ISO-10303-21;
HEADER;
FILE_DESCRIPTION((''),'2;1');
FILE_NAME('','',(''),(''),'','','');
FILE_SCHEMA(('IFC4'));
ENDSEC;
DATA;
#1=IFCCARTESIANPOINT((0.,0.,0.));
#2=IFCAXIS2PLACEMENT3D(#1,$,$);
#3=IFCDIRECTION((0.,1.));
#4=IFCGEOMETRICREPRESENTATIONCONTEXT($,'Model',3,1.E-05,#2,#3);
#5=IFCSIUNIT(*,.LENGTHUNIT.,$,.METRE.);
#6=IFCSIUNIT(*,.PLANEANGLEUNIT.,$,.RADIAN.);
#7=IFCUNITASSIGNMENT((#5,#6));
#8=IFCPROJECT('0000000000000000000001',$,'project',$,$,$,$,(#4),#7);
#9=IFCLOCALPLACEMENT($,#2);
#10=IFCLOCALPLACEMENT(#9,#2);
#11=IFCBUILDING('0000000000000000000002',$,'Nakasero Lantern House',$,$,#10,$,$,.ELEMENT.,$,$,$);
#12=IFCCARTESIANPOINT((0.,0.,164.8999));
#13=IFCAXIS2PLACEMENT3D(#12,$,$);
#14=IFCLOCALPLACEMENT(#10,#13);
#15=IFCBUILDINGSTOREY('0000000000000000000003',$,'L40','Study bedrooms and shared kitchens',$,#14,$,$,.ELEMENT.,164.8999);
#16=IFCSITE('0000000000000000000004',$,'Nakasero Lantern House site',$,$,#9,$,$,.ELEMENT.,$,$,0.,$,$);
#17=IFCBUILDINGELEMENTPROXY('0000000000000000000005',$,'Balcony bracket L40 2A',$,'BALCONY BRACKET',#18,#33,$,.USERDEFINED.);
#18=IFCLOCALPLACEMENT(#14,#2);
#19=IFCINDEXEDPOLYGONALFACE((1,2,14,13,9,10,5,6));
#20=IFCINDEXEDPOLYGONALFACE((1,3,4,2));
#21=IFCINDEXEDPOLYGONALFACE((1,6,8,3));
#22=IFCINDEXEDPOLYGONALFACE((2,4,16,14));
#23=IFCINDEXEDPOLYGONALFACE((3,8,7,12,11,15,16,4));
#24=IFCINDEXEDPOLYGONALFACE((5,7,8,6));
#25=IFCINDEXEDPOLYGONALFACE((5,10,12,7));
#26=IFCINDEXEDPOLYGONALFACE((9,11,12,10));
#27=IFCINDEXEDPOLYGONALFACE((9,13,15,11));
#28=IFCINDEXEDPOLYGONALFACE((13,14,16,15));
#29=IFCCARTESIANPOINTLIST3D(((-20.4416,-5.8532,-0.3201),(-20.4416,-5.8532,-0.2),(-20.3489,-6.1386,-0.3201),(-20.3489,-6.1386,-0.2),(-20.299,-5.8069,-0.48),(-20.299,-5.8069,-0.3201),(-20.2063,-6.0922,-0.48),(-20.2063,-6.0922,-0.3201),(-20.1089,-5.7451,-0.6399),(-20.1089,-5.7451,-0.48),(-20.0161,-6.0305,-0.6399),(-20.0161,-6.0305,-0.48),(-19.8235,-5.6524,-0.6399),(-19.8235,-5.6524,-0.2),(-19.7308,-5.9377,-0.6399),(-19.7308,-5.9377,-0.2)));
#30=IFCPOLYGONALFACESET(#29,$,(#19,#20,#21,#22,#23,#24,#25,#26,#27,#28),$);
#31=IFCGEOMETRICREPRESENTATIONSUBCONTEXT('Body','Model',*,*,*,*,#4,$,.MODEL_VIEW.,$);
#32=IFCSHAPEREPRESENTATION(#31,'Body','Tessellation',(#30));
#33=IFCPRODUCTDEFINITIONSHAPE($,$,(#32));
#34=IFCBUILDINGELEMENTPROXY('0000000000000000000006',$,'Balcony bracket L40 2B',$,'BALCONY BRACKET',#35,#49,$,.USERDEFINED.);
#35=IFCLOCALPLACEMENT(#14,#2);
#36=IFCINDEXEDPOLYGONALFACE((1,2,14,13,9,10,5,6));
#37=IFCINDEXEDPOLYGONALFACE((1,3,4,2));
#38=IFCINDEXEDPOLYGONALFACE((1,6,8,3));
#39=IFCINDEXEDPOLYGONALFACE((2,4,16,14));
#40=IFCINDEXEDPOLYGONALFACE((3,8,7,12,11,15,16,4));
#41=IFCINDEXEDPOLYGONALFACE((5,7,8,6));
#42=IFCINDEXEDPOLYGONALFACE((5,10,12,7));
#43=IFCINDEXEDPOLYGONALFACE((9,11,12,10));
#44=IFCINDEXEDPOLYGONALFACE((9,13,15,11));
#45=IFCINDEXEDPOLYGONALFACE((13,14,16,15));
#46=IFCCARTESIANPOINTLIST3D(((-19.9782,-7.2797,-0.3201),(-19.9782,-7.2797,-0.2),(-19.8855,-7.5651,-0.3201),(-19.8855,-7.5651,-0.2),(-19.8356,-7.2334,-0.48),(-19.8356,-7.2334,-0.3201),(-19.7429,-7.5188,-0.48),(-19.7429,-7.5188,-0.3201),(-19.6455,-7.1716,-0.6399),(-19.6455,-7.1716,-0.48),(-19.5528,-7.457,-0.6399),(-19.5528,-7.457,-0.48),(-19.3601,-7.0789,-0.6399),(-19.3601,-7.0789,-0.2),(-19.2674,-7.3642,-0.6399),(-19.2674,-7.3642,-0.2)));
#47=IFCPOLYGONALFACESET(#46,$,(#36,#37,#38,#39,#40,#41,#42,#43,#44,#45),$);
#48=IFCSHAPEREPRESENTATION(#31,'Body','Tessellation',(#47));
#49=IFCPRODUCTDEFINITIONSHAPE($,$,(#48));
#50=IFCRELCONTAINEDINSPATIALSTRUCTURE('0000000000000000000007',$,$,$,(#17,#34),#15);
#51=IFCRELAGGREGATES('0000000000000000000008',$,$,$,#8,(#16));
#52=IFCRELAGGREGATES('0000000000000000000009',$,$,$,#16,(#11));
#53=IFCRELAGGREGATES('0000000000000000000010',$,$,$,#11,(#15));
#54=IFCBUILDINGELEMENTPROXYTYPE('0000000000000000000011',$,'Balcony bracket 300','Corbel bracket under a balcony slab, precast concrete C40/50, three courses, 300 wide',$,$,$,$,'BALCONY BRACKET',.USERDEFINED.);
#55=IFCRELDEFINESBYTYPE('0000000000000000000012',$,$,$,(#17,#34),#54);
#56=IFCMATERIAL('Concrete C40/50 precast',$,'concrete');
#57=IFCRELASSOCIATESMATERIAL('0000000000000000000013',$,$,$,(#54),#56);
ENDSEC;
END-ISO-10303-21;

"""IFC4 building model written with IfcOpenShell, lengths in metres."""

from ifc_helpers import new_model, si_unit, direction, frame, origin, place, context, subcontext, project, spatial, polyline, outline, extrude, material, type_object, element, save


model = new_model("IFC4")

# Units and contexts
model_context = context("Model", 3, precision=1e-05, world=origin(), true_north=direction((0.0, 1.0)))
body_context = subcontext(model_context, "Body", "Model", "MODEL_VIEW")
ifc_project = project(units=[si_unit("LENGTHUNIT", "METRE"), si_unit("PLANEANGLEUNIT", "RADIAN")], contexts=[model_context])

# Site, building, storey
site_placement = place(None, origin())
site = spatial("IfcSite", under=ifc_project, at=site_placement, Name="Nakasero Lantern House site", CompositionType="ELEMENT", RefElevation=0.0)
building_placement = place(site_placement, origin())
building = spatial("IfcBuilding", under=site, at=building_placement, Name="Nakasero Lantern House", CompositionType="ELEMENT")
storey_placement = place(building_placement, frame((0.0, 0.0, 164.8999)))
storey = spatial("IfcBuildingStorey", under=building, at=storey_placement, Name="L40", Description="Study bedrooms and shared kitchens", CompositionType="ELEMENT", Elevation=164.8999)

# Building element proxies
ifc_material_1 = material(Name="Concrete C40/50 precast", Category="concrete")
building_element_proxy_type = type_object("IfcBuildingElementProxyType", Name="Balcony bracket 300", Description="Corbel bracket under a balcony slab, precast concrete C40/50, three courses, 300 wide", ElementType="BALCONY BRACKET", PredefinedType="USERDEFINED", material=ifc_material_1)
for number, where, z_axis, x_axis, name in (
    (1, (-19.7771, -5.7952, -0.2), (0.0, 0.0, 1.0), (-0.951057, -0.309017, 0.0), "Balcony bracket L40 2A"),
    (2, (-19.3137, -7.2217, -0.2), (0.0, 0.0, 1.0), (-0.951057, -0.309017, 0.0), "Balcony bracket L40 2B"),
):
    element("IfcBuildingElementProxy", number, at=place(storey_placement, frame(where, z_axis=z_axis, x_axis=x_axis)), inside=storey, type_object=building_element_proxy_type, Name=name, ObjectType="BALCONY BRACKET", PredefinedType="USERDEFINED", context=body_context, shape_type="SweptSolid", body=[
        extrude(outline(polyline([(0.0, 0.0), (0.6499, 0.0), (0.6499, -0.1201), (0.5, -0.1201), (0.5, -0.28), (0.3, -0.28), (0.3, -0.4399), (0.0, -0.4399), (0.0, 0.0)])), frame((0.0, 0.1499, 0.0), z_axis=(0.0, -1.0, 0.0), x_axis=(1.0, 0.0, 0.0)), (0.0, 0.0, 1.0), 0.3),
    ])

save(model, "model.ifc")
